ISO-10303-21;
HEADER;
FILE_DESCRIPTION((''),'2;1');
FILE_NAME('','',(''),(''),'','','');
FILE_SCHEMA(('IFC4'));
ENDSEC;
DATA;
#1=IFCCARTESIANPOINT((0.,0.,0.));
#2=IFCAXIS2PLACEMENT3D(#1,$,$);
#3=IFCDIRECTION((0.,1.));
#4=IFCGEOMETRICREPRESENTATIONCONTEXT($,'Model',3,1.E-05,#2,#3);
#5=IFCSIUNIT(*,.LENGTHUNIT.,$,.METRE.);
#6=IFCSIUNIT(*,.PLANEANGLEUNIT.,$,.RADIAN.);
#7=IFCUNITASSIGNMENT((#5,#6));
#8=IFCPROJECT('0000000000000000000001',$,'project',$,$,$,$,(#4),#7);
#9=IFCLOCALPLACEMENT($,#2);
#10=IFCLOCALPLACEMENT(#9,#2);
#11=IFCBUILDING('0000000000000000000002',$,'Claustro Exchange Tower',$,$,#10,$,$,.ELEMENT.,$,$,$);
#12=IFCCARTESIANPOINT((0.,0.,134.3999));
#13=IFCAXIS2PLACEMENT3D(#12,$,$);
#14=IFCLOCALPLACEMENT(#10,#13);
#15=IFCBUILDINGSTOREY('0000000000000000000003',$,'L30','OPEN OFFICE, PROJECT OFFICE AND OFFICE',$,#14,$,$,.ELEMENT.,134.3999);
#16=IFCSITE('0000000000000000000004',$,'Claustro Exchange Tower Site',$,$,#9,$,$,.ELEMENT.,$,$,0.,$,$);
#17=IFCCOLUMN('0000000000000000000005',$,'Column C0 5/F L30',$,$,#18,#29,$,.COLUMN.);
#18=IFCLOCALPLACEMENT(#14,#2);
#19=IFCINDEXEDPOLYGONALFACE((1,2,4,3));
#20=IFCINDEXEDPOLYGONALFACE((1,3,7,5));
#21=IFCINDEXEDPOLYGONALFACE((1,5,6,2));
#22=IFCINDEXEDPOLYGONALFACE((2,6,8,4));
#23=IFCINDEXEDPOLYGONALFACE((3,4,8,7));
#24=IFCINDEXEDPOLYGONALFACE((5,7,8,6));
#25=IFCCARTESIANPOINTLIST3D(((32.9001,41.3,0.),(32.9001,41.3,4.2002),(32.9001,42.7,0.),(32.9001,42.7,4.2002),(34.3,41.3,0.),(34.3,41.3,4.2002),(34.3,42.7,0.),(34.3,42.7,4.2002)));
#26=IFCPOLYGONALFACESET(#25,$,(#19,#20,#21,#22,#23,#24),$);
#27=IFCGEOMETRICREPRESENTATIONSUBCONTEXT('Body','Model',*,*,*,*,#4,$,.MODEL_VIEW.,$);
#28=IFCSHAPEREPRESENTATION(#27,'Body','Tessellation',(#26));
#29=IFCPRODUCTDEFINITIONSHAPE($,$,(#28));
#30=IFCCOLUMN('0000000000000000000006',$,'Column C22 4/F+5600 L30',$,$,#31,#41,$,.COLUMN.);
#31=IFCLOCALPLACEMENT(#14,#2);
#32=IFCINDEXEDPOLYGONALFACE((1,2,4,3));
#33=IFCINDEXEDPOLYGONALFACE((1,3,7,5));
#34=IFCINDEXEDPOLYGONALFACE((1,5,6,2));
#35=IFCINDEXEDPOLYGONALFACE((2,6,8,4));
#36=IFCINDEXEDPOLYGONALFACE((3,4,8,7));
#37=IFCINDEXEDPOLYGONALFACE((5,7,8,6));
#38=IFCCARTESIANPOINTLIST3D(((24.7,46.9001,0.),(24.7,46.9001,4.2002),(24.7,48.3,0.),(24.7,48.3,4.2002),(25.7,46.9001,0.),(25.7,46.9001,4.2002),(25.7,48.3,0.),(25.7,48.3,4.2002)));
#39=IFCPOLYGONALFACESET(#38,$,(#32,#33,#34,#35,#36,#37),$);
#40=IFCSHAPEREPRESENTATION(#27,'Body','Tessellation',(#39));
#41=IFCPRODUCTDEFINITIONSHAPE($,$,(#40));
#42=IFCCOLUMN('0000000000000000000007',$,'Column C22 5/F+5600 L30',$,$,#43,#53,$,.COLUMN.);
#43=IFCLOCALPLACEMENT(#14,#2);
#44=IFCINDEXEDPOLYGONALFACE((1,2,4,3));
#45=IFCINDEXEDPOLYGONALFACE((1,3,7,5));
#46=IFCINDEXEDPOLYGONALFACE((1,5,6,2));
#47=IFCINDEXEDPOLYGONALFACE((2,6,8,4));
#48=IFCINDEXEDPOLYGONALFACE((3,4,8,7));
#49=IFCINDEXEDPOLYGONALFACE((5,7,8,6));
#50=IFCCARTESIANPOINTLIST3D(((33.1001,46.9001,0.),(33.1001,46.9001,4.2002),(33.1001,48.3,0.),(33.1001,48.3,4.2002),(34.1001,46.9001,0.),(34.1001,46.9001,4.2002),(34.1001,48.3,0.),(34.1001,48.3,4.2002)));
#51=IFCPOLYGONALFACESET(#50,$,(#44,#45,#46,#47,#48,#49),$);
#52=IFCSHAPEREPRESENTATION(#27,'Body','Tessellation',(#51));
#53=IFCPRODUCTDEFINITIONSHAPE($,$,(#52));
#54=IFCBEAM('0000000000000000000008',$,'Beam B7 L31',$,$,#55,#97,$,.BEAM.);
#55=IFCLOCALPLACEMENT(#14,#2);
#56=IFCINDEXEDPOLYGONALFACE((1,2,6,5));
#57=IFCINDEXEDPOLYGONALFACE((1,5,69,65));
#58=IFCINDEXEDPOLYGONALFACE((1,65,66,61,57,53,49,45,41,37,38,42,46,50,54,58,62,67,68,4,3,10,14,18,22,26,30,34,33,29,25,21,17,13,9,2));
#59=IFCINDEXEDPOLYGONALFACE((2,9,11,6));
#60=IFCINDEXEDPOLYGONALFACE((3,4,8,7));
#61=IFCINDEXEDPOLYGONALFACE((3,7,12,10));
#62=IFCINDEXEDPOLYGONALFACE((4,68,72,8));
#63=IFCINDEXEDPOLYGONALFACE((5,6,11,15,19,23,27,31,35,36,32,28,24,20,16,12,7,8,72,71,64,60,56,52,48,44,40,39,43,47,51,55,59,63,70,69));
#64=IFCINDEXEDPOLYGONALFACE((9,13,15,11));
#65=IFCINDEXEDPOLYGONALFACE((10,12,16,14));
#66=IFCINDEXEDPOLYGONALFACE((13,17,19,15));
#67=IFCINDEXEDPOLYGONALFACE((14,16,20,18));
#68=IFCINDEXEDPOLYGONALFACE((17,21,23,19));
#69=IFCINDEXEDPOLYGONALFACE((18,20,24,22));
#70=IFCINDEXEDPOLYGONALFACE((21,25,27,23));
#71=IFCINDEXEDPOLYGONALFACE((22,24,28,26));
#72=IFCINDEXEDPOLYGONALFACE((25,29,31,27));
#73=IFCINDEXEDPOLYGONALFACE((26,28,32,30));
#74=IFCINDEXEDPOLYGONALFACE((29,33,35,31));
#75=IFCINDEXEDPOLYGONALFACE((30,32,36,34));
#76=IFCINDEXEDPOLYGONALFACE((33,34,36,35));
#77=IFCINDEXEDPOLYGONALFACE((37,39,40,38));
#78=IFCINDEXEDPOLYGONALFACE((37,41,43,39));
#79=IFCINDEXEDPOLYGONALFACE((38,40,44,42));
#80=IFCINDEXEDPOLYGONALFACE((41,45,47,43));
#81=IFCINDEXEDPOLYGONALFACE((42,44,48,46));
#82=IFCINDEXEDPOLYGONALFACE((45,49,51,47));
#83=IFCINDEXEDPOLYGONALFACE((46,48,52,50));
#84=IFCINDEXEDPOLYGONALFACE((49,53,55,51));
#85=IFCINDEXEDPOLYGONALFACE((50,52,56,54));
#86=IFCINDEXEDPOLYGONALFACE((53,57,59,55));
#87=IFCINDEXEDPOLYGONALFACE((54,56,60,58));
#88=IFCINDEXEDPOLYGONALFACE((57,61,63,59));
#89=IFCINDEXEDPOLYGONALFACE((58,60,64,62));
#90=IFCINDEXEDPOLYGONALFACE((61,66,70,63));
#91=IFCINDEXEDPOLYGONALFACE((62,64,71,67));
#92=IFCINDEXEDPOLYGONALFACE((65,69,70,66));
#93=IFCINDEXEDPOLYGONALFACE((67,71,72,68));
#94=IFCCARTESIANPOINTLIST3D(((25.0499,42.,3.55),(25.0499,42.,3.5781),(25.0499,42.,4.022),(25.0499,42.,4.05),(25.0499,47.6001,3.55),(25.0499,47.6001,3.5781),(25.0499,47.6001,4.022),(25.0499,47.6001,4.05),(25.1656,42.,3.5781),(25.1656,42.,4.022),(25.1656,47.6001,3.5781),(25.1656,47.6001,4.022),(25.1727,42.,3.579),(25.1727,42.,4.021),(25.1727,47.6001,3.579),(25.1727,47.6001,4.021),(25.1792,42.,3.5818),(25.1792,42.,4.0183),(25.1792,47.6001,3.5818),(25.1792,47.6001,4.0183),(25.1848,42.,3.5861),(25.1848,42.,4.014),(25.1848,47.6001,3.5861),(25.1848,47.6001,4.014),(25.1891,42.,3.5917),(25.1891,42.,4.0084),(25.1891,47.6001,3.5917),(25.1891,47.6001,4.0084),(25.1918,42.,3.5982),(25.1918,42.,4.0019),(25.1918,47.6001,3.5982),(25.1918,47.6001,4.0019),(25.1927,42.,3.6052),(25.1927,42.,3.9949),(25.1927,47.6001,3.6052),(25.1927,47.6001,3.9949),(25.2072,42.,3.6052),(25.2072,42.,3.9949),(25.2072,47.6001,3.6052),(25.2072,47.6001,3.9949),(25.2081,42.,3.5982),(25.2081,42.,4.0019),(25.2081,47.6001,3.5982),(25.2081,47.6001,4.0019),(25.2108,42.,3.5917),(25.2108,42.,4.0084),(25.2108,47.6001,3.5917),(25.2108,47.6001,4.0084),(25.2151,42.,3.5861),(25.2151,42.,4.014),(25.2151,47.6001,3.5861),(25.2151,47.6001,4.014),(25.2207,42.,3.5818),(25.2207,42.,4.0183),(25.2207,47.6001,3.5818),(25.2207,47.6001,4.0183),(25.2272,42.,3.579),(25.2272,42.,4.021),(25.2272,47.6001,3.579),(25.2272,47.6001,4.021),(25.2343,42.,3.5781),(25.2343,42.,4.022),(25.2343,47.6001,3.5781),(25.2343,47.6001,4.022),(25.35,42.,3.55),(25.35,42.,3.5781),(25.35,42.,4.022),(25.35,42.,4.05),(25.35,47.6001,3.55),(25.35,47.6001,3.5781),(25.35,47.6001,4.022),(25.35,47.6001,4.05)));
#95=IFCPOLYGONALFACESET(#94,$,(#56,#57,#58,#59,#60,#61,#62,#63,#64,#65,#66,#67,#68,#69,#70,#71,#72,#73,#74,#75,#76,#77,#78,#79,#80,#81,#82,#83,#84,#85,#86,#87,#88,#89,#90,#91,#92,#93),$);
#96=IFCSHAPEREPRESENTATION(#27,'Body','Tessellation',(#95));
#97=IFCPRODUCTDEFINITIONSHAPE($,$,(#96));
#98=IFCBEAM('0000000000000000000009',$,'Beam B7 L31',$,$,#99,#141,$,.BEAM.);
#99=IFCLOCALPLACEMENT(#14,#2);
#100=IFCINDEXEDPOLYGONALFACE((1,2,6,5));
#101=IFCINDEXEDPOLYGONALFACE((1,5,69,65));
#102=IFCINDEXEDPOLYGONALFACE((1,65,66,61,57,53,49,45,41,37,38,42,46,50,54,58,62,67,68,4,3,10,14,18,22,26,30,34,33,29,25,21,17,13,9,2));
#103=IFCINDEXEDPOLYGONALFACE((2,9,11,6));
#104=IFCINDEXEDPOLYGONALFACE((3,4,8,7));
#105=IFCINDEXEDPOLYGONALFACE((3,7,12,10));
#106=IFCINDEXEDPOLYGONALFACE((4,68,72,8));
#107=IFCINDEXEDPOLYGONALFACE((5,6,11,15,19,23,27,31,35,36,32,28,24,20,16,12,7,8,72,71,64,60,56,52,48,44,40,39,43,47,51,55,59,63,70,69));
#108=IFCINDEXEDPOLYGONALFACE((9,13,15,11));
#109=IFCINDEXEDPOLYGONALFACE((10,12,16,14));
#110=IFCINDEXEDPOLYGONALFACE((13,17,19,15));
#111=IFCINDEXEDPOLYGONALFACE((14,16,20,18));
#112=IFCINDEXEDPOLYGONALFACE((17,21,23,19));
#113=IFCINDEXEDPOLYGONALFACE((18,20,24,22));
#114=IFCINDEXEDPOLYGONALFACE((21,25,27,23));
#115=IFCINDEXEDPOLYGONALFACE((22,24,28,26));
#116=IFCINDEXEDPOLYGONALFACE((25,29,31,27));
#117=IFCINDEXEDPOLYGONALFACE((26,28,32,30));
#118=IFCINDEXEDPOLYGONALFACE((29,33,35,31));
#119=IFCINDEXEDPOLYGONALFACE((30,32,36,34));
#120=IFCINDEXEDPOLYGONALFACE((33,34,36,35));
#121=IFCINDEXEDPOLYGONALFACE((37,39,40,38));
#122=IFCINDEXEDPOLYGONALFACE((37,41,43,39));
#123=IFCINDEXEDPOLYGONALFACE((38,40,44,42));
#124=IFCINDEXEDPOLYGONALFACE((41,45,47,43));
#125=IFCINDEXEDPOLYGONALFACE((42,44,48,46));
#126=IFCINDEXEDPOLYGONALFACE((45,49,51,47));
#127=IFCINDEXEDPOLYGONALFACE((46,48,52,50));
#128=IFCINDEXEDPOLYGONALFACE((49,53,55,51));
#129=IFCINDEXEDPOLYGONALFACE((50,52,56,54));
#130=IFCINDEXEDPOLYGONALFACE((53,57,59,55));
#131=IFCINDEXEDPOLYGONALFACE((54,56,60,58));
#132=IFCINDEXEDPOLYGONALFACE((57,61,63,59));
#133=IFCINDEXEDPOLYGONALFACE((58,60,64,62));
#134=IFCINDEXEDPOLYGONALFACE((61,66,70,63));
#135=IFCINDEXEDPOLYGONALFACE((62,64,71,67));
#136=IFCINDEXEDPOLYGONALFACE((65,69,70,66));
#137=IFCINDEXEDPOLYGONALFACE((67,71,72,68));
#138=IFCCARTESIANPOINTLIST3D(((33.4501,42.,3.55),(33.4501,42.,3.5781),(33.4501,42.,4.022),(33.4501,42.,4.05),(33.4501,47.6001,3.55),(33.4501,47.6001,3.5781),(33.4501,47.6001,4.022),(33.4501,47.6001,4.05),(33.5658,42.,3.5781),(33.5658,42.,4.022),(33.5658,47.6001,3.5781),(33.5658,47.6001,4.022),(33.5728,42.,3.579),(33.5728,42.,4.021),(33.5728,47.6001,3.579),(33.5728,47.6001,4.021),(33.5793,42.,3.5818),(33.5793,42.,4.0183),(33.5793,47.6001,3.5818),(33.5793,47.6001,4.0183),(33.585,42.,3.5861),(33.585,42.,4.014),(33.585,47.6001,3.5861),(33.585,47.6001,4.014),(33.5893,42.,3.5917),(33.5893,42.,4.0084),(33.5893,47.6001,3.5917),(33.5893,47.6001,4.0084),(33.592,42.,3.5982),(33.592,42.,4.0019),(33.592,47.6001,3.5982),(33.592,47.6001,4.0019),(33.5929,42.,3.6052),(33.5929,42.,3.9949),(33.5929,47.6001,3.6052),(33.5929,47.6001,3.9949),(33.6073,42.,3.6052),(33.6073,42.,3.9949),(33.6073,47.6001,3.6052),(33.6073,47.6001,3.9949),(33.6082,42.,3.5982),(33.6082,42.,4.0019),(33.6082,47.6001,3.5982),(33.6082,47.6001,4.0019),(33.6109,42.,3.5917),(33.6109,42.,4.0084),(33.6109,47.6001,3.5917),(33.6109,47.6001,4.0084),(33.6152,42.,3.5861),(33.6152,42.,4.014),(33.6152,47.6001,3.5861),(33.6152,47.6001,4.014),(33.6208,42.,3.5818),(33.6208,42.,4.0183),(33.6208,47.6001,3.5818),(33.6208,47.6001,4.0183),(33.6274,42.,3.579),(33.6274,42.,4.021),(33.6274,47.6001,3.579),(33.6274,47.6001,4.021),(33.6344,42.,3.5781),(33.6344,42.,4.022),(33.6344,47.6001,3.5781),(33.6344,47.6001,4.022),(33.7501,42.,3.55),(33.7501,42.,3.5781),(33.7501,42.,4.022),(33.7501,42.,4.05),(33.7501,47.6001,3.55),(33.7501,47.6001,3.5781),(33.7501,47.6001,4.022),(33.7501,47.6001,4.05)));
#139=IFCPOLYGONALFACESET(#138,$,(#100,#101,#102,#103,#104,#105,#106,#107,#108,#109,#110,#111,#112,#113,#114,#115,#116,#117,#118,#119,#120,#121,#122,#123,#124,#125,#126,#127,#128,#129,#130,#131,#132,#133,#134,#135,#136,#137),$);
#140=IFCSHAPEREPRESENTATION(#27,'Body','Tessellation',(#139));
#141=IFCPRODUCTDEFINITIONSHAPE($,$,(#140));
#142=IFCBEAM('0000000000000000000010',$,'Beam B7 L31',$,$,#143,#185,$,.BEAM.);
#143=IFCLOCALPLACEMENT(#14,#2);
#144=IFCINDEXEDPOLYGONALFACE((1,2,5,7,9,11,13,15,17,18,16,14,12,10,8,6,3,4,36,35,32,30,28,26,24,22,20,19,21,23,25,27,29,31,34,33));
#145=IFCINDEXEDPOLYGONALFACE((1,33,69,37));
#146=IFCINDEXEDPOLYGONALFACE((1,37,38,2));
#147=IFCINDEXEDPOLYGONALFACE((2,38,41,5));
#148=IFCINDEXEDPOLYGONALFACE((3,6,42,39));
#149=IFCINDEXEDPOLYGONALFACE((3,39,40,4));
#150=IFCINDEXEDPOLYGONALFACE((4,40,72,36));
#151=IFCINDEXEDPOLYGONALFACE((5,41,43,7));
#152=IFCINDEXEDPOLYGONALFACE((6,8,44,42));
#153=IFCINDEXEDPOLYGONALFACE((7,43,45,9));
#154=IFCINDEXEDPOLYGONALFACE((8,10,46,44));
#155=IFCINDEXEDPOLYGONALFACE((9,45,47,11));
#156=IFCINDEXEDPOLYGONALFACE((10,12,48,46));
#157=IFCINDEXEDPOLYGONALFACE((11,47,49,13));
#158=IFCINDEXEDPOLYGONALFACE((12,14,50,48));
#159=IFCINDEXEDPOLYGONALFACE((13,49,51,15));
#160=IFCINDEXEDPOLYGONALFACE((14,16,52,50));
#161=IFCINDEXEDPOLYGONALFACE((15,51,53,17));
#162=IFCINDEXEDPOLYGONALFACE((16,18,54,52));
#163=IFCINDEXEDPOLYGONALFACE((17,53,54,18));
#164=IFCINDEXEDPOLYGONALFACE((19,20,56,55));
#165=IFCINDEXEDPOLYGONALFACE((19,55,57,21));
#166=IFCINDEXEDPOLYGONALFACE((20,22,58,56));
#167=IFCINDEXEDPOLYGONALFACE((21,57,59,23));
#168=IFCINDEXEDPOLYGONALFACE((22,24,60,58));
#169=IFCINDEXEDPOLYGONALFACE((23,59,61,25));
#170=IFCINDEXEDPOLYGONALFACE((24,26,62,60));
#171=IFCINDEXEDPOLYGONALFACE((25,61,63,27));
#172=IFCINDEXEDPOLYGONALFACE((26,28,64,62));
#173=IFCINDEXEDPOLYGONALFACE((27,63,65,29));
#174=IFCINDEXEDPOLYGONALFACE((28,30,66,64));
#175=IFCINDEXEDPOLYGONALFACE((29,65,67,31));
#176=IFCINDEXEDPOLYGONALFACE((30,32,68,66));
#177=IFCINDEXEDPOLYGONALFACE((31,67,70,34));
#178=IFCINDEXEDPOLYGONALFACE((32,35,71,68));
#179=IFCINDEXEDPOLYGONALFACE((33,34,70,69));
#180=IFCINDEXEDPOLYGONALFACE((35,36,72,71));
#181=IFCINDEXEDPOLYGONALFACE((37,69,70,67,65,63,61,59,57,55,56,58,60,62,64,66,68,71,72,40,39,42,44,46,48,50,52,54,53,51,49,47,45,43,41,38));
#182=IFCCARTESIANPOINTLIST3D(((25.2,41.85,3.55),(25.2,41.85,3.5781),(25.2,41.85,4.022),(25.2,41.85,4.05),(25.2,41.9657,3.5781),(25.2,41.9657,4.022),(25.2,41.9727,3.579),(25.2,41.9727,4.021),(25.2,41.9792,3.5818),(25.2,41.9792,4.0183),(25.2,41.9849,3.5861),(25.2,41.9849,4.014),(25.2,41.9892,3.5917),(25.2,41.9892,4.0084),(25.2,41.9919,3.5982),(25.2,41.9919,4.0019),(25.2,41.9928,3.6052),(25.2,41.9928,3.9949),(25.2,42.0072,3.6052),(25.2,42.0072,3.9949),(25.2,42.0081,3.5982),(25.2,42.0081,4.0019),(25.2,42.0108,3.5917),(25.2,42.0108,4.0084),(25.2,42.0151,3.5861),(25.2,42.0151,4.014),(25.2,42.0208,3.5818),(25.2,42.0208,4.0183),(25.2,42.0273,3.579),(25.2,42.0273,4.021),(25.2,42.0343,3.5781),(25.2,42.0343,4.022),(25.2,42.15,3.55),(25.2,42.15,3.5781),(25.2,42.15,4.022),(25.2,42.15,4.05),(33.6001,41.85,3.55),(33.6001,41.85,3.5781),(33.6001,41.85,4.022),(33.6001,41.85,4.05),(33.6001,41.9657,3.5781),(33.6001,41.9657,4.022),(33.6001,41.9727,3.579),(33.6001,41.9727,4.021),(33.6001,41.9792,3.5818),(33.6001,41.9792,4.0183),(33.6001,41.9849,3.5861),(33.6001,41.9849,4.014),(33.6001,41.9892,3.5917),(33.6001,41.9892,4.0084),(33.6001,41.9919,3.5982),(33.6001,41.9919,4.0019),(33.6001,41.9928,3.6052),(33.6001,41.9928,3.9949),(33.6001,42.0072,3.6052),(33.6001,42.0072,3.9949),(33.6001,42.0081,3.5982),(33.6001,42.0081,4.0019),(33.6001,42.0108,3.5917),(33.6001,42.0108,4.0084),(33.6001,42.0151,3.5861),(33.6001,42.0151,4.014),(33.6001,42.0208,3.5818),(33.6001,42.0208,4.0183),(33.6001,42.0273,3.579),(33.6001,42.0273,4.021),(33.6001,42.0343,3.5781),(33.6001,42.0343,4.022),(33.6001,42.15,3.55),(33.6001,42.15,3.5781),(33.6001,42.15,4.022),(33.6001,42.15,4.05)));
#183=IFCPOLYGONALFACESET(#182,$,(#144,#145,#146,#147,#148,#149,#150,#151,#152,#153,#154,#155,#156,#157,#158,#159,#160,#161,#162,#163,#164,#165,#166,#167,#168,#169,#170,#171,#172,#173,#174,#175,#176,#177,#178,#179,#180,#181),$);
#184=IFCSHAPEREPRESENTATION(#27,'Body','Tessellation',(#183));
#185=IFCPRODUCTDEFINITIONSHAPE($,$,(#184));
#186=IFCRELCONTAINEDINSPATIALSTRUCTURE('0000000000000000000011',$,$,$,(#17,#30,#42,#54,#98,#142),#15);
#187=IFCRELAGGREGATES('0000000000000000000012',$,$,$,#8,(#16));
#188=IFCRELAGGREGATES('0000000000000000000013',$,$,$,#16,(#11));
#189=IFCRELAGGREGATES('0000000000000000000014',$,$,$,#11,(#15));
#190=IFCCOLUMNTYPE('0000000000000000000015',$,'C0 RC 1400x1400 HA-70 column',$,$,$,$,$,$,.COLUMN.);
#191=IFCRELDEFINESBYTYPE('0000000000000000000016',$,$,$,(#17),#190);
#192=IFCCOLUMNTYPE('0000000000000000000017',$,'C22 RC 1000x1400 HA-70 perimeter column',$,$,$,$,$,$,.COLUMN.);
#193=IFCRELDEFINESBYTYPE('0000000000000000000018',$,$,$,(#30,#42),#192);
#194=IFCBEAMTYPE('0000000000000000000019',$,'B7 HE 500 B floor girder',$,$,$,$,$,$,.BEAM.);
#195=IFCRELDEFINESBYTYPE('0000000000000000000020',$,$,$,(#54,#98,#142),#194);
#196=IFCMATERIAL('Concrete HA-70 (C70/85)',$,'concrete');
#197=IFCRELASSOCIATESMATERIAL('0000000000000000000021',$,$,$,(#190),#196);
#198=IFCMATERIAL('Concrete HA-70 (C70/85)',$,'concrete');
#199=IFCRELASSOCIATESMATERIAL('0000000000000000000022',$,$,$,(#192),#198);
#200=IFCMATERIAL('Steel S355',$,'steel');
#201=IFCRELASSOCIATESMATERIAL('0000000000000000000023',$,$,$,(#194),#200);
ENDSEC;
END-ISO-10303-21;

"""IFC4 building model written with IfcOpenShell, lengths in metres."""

from ifc_helpers import new_model, si_unit, direction, frame, origin, origin_2d, place, context, subcontext, project, spatial, rectangle, i_section, extrude, material, material_profile, profile_set, type_object, element, save


model = new_model("IFC4")

# Units and contexts
model_context = context("Model", 3, precision=1e-05, world=origin(), true_north=direction((0.0, 1.0)))
body_context = subcontext(model_context, "Body", "Model", "MODEL_VIEW")
ifc_project = project(units=[si_unit("LENGTHUNIT", "METRE"), si_unit("PLANEANGLEUNIT", "RADIAN")], contexts=[model_context])

# Site, building, storey
site_placement = place(None, origin())
site = spatial("IfcSite", under=ifc_project, at=site_placement, Name="Claustro Exchange Tower Site", CompositionType="ELEMENT", RefElevation=0.0)
building_placement = place(site_placement, origin())
building = spatial("IfcBuilding", under=site, at=building_placement, Name="Claustro Exchange Tower", CompositionType="ELEMENT")
storey_placement = place(building_placement, frame((0.0, 0.0, 134.3999)))
storey = spatial("IfcBuildingStorey", under=building, at=storey_placement, Name="L30", Description="OPEN OFFICE, PROJECT OFFICE AND OFFICE", CompositionType="ELEMENT", Elevation=134.3999)

# Columns
ifc_material_1 = material(Name="Concrete HA-70 (C70/85)", Category="concrete")
ifc_material_profile_1 = material_profile(ifc_material_1, rectangle(XDim=1.3999, YDim=1.3999, at=origin_2d()), Name="RC 1400x1400")
ifc_profile_set_1 = profile_set([ifc_material_profile_1], Name="Concrete HA-70 (C70/85)")
column_type_1 = type_object("IfcColumnType", Name="C0 RC 1400x1400 HA-70 column", PredefinedType="COLUMN", material=ifc_profile_set_1)
column_placement = place(storey_placement, frame((33.6001, 42.0, 0.0), z_axis=(0.0, 0.0, 1.0), x_axis=(1.0, 0.0, 0.0)))
element("IfcColumn", 1, at=column_placement, inside=storey, type_object=column_type_1, Name="Column C0 5/F L30", PredefinedType="COLUMN", context=body_context, shape_type="SweptSolid", body=[
    extrude(rectangle(XDim=1.3999, YDim=1.3999, at=origin_2d()), origin(), (0.0, 0.0, 1.0), 4.2002),
])
ifc_material_2 = material(Name="Concrete HA-70 (C70/85)", Category="concrete")
ifc_material_profile_2 = material_profile(ifc_material_2, rectangle(XDim=1.0, YDim=1.3999, at=origin_2d()), Name="RC 1000x1400")
ifc_profile_set_2 = profile_set([ifc_material_profile_2], Name="Concrete HA-70 (C70/85)")
column_type_2 = type_object("IfcColumnType", Name="C22 RC 1000x1400 HA-70 perimeter column", PredefinedType="COLUMN", material=ifc_profile_set_2)
for number, where, z_axis, x_axis, name in (
    (2, (25.2, 47.6001, 0.0), (0.0, 0.0, 1.0), (1.0, 0.0, 0.0), "Column C22 4/F+5600 L30"),
    (3, (33.6001, 47.6001, 0.0), (0.0, 0.0, 1.0), (1.0, 0.0, 0.0), "Column C22 5/F+5600 L30"),
):
    element("IfcColumn", number, at=place(storey_placement, frame(where, z_axis=z_axis, x_axis=x_axis)), inside=storey, type_object=column_type_2, Name=name, PredefinedType="COLUMN", context=body_context, shape_type="SweptSolid", body=[
        extrude(rectangle(XDim=1.0, YDim=1.3999, at=origin_2d()), origin(), (0.0, 0.0, 1.0), 4.2002),
    ])

# Beams
ifc_material_3 = material(Name="Steel S355", Category="steel")
ifc_material_profile_3 = material_profile(ifc_material_3, i_section(OverallWidth=0.3, OverallDepth=0.5, WebThickness=0.0144, FlangeThickness=0.0281, FilletRadius=0.0271, at=origin_2d()), Name="HE 500 B")
ifc_profile_set_3 = profile_set([ifc_material_profile_3], Name="Steel S355")
beam_type_1 = type_object("IfcBeamType", Name="B7 HE 500 B floor girder", PredefinedType="BEAM", material=ifc_profile_set_3)
for number, where, z_axis, x_axis, name in (
    (4, (25.2, 42.0, 3.8), (0.0, 1.0, 0.0), (-1.0, 0.0, 0.0), "Beam B7 L31"),
    (5, (33.6001, 42.0, 3.8), (0.0, 1.0, 0.0), (-1.0, 0.0, 0.0), "Beam B7 L31"),
):
    element("IfcBeam", number, at=place(storey_placement, frame(where, z_axis=z_axis, x_axis=x_axis)), inside=storey, type_object=beam_type_1, Name=name, PredefinedType="BEAM", context=body_context, shape_type="SweptSolid", body=[
        extrude(i_section(OverallWidth=0.3, OverallDepth=0.5, WebThickness=0.0144, FlangeThickness=0.0281, FilletRadius=0.0271, at=origin_2d()), origin(), (0.0, 0.0, 1.0), 5.6001),
    ])
beam_1_placement = place(storey_placement, frame((25.2, 42.0, 3.8), z_axis=(1.0, 0.0, 0.0), x_axis=(0.0, 1.0, 0.0)))
element("IfcBeam", 6, at=beam_1_placement, inside=storey, type_object=beam_type_1, Name="Beam B7 L31", PredefinedType="BEAM", context=body_context, shape_type="SweptSolid", body=[
    extrude(i_section(OverallWidth=0.3, OverallDepth=0.5, WebThickness=0.0144, FlangeThickness=0.0281, FilletRadius=0.0271, at=origin_2d()), origin(), (0.0, 0.0, 1.0), 8.4001),
])

save(model, "model.ifc")
